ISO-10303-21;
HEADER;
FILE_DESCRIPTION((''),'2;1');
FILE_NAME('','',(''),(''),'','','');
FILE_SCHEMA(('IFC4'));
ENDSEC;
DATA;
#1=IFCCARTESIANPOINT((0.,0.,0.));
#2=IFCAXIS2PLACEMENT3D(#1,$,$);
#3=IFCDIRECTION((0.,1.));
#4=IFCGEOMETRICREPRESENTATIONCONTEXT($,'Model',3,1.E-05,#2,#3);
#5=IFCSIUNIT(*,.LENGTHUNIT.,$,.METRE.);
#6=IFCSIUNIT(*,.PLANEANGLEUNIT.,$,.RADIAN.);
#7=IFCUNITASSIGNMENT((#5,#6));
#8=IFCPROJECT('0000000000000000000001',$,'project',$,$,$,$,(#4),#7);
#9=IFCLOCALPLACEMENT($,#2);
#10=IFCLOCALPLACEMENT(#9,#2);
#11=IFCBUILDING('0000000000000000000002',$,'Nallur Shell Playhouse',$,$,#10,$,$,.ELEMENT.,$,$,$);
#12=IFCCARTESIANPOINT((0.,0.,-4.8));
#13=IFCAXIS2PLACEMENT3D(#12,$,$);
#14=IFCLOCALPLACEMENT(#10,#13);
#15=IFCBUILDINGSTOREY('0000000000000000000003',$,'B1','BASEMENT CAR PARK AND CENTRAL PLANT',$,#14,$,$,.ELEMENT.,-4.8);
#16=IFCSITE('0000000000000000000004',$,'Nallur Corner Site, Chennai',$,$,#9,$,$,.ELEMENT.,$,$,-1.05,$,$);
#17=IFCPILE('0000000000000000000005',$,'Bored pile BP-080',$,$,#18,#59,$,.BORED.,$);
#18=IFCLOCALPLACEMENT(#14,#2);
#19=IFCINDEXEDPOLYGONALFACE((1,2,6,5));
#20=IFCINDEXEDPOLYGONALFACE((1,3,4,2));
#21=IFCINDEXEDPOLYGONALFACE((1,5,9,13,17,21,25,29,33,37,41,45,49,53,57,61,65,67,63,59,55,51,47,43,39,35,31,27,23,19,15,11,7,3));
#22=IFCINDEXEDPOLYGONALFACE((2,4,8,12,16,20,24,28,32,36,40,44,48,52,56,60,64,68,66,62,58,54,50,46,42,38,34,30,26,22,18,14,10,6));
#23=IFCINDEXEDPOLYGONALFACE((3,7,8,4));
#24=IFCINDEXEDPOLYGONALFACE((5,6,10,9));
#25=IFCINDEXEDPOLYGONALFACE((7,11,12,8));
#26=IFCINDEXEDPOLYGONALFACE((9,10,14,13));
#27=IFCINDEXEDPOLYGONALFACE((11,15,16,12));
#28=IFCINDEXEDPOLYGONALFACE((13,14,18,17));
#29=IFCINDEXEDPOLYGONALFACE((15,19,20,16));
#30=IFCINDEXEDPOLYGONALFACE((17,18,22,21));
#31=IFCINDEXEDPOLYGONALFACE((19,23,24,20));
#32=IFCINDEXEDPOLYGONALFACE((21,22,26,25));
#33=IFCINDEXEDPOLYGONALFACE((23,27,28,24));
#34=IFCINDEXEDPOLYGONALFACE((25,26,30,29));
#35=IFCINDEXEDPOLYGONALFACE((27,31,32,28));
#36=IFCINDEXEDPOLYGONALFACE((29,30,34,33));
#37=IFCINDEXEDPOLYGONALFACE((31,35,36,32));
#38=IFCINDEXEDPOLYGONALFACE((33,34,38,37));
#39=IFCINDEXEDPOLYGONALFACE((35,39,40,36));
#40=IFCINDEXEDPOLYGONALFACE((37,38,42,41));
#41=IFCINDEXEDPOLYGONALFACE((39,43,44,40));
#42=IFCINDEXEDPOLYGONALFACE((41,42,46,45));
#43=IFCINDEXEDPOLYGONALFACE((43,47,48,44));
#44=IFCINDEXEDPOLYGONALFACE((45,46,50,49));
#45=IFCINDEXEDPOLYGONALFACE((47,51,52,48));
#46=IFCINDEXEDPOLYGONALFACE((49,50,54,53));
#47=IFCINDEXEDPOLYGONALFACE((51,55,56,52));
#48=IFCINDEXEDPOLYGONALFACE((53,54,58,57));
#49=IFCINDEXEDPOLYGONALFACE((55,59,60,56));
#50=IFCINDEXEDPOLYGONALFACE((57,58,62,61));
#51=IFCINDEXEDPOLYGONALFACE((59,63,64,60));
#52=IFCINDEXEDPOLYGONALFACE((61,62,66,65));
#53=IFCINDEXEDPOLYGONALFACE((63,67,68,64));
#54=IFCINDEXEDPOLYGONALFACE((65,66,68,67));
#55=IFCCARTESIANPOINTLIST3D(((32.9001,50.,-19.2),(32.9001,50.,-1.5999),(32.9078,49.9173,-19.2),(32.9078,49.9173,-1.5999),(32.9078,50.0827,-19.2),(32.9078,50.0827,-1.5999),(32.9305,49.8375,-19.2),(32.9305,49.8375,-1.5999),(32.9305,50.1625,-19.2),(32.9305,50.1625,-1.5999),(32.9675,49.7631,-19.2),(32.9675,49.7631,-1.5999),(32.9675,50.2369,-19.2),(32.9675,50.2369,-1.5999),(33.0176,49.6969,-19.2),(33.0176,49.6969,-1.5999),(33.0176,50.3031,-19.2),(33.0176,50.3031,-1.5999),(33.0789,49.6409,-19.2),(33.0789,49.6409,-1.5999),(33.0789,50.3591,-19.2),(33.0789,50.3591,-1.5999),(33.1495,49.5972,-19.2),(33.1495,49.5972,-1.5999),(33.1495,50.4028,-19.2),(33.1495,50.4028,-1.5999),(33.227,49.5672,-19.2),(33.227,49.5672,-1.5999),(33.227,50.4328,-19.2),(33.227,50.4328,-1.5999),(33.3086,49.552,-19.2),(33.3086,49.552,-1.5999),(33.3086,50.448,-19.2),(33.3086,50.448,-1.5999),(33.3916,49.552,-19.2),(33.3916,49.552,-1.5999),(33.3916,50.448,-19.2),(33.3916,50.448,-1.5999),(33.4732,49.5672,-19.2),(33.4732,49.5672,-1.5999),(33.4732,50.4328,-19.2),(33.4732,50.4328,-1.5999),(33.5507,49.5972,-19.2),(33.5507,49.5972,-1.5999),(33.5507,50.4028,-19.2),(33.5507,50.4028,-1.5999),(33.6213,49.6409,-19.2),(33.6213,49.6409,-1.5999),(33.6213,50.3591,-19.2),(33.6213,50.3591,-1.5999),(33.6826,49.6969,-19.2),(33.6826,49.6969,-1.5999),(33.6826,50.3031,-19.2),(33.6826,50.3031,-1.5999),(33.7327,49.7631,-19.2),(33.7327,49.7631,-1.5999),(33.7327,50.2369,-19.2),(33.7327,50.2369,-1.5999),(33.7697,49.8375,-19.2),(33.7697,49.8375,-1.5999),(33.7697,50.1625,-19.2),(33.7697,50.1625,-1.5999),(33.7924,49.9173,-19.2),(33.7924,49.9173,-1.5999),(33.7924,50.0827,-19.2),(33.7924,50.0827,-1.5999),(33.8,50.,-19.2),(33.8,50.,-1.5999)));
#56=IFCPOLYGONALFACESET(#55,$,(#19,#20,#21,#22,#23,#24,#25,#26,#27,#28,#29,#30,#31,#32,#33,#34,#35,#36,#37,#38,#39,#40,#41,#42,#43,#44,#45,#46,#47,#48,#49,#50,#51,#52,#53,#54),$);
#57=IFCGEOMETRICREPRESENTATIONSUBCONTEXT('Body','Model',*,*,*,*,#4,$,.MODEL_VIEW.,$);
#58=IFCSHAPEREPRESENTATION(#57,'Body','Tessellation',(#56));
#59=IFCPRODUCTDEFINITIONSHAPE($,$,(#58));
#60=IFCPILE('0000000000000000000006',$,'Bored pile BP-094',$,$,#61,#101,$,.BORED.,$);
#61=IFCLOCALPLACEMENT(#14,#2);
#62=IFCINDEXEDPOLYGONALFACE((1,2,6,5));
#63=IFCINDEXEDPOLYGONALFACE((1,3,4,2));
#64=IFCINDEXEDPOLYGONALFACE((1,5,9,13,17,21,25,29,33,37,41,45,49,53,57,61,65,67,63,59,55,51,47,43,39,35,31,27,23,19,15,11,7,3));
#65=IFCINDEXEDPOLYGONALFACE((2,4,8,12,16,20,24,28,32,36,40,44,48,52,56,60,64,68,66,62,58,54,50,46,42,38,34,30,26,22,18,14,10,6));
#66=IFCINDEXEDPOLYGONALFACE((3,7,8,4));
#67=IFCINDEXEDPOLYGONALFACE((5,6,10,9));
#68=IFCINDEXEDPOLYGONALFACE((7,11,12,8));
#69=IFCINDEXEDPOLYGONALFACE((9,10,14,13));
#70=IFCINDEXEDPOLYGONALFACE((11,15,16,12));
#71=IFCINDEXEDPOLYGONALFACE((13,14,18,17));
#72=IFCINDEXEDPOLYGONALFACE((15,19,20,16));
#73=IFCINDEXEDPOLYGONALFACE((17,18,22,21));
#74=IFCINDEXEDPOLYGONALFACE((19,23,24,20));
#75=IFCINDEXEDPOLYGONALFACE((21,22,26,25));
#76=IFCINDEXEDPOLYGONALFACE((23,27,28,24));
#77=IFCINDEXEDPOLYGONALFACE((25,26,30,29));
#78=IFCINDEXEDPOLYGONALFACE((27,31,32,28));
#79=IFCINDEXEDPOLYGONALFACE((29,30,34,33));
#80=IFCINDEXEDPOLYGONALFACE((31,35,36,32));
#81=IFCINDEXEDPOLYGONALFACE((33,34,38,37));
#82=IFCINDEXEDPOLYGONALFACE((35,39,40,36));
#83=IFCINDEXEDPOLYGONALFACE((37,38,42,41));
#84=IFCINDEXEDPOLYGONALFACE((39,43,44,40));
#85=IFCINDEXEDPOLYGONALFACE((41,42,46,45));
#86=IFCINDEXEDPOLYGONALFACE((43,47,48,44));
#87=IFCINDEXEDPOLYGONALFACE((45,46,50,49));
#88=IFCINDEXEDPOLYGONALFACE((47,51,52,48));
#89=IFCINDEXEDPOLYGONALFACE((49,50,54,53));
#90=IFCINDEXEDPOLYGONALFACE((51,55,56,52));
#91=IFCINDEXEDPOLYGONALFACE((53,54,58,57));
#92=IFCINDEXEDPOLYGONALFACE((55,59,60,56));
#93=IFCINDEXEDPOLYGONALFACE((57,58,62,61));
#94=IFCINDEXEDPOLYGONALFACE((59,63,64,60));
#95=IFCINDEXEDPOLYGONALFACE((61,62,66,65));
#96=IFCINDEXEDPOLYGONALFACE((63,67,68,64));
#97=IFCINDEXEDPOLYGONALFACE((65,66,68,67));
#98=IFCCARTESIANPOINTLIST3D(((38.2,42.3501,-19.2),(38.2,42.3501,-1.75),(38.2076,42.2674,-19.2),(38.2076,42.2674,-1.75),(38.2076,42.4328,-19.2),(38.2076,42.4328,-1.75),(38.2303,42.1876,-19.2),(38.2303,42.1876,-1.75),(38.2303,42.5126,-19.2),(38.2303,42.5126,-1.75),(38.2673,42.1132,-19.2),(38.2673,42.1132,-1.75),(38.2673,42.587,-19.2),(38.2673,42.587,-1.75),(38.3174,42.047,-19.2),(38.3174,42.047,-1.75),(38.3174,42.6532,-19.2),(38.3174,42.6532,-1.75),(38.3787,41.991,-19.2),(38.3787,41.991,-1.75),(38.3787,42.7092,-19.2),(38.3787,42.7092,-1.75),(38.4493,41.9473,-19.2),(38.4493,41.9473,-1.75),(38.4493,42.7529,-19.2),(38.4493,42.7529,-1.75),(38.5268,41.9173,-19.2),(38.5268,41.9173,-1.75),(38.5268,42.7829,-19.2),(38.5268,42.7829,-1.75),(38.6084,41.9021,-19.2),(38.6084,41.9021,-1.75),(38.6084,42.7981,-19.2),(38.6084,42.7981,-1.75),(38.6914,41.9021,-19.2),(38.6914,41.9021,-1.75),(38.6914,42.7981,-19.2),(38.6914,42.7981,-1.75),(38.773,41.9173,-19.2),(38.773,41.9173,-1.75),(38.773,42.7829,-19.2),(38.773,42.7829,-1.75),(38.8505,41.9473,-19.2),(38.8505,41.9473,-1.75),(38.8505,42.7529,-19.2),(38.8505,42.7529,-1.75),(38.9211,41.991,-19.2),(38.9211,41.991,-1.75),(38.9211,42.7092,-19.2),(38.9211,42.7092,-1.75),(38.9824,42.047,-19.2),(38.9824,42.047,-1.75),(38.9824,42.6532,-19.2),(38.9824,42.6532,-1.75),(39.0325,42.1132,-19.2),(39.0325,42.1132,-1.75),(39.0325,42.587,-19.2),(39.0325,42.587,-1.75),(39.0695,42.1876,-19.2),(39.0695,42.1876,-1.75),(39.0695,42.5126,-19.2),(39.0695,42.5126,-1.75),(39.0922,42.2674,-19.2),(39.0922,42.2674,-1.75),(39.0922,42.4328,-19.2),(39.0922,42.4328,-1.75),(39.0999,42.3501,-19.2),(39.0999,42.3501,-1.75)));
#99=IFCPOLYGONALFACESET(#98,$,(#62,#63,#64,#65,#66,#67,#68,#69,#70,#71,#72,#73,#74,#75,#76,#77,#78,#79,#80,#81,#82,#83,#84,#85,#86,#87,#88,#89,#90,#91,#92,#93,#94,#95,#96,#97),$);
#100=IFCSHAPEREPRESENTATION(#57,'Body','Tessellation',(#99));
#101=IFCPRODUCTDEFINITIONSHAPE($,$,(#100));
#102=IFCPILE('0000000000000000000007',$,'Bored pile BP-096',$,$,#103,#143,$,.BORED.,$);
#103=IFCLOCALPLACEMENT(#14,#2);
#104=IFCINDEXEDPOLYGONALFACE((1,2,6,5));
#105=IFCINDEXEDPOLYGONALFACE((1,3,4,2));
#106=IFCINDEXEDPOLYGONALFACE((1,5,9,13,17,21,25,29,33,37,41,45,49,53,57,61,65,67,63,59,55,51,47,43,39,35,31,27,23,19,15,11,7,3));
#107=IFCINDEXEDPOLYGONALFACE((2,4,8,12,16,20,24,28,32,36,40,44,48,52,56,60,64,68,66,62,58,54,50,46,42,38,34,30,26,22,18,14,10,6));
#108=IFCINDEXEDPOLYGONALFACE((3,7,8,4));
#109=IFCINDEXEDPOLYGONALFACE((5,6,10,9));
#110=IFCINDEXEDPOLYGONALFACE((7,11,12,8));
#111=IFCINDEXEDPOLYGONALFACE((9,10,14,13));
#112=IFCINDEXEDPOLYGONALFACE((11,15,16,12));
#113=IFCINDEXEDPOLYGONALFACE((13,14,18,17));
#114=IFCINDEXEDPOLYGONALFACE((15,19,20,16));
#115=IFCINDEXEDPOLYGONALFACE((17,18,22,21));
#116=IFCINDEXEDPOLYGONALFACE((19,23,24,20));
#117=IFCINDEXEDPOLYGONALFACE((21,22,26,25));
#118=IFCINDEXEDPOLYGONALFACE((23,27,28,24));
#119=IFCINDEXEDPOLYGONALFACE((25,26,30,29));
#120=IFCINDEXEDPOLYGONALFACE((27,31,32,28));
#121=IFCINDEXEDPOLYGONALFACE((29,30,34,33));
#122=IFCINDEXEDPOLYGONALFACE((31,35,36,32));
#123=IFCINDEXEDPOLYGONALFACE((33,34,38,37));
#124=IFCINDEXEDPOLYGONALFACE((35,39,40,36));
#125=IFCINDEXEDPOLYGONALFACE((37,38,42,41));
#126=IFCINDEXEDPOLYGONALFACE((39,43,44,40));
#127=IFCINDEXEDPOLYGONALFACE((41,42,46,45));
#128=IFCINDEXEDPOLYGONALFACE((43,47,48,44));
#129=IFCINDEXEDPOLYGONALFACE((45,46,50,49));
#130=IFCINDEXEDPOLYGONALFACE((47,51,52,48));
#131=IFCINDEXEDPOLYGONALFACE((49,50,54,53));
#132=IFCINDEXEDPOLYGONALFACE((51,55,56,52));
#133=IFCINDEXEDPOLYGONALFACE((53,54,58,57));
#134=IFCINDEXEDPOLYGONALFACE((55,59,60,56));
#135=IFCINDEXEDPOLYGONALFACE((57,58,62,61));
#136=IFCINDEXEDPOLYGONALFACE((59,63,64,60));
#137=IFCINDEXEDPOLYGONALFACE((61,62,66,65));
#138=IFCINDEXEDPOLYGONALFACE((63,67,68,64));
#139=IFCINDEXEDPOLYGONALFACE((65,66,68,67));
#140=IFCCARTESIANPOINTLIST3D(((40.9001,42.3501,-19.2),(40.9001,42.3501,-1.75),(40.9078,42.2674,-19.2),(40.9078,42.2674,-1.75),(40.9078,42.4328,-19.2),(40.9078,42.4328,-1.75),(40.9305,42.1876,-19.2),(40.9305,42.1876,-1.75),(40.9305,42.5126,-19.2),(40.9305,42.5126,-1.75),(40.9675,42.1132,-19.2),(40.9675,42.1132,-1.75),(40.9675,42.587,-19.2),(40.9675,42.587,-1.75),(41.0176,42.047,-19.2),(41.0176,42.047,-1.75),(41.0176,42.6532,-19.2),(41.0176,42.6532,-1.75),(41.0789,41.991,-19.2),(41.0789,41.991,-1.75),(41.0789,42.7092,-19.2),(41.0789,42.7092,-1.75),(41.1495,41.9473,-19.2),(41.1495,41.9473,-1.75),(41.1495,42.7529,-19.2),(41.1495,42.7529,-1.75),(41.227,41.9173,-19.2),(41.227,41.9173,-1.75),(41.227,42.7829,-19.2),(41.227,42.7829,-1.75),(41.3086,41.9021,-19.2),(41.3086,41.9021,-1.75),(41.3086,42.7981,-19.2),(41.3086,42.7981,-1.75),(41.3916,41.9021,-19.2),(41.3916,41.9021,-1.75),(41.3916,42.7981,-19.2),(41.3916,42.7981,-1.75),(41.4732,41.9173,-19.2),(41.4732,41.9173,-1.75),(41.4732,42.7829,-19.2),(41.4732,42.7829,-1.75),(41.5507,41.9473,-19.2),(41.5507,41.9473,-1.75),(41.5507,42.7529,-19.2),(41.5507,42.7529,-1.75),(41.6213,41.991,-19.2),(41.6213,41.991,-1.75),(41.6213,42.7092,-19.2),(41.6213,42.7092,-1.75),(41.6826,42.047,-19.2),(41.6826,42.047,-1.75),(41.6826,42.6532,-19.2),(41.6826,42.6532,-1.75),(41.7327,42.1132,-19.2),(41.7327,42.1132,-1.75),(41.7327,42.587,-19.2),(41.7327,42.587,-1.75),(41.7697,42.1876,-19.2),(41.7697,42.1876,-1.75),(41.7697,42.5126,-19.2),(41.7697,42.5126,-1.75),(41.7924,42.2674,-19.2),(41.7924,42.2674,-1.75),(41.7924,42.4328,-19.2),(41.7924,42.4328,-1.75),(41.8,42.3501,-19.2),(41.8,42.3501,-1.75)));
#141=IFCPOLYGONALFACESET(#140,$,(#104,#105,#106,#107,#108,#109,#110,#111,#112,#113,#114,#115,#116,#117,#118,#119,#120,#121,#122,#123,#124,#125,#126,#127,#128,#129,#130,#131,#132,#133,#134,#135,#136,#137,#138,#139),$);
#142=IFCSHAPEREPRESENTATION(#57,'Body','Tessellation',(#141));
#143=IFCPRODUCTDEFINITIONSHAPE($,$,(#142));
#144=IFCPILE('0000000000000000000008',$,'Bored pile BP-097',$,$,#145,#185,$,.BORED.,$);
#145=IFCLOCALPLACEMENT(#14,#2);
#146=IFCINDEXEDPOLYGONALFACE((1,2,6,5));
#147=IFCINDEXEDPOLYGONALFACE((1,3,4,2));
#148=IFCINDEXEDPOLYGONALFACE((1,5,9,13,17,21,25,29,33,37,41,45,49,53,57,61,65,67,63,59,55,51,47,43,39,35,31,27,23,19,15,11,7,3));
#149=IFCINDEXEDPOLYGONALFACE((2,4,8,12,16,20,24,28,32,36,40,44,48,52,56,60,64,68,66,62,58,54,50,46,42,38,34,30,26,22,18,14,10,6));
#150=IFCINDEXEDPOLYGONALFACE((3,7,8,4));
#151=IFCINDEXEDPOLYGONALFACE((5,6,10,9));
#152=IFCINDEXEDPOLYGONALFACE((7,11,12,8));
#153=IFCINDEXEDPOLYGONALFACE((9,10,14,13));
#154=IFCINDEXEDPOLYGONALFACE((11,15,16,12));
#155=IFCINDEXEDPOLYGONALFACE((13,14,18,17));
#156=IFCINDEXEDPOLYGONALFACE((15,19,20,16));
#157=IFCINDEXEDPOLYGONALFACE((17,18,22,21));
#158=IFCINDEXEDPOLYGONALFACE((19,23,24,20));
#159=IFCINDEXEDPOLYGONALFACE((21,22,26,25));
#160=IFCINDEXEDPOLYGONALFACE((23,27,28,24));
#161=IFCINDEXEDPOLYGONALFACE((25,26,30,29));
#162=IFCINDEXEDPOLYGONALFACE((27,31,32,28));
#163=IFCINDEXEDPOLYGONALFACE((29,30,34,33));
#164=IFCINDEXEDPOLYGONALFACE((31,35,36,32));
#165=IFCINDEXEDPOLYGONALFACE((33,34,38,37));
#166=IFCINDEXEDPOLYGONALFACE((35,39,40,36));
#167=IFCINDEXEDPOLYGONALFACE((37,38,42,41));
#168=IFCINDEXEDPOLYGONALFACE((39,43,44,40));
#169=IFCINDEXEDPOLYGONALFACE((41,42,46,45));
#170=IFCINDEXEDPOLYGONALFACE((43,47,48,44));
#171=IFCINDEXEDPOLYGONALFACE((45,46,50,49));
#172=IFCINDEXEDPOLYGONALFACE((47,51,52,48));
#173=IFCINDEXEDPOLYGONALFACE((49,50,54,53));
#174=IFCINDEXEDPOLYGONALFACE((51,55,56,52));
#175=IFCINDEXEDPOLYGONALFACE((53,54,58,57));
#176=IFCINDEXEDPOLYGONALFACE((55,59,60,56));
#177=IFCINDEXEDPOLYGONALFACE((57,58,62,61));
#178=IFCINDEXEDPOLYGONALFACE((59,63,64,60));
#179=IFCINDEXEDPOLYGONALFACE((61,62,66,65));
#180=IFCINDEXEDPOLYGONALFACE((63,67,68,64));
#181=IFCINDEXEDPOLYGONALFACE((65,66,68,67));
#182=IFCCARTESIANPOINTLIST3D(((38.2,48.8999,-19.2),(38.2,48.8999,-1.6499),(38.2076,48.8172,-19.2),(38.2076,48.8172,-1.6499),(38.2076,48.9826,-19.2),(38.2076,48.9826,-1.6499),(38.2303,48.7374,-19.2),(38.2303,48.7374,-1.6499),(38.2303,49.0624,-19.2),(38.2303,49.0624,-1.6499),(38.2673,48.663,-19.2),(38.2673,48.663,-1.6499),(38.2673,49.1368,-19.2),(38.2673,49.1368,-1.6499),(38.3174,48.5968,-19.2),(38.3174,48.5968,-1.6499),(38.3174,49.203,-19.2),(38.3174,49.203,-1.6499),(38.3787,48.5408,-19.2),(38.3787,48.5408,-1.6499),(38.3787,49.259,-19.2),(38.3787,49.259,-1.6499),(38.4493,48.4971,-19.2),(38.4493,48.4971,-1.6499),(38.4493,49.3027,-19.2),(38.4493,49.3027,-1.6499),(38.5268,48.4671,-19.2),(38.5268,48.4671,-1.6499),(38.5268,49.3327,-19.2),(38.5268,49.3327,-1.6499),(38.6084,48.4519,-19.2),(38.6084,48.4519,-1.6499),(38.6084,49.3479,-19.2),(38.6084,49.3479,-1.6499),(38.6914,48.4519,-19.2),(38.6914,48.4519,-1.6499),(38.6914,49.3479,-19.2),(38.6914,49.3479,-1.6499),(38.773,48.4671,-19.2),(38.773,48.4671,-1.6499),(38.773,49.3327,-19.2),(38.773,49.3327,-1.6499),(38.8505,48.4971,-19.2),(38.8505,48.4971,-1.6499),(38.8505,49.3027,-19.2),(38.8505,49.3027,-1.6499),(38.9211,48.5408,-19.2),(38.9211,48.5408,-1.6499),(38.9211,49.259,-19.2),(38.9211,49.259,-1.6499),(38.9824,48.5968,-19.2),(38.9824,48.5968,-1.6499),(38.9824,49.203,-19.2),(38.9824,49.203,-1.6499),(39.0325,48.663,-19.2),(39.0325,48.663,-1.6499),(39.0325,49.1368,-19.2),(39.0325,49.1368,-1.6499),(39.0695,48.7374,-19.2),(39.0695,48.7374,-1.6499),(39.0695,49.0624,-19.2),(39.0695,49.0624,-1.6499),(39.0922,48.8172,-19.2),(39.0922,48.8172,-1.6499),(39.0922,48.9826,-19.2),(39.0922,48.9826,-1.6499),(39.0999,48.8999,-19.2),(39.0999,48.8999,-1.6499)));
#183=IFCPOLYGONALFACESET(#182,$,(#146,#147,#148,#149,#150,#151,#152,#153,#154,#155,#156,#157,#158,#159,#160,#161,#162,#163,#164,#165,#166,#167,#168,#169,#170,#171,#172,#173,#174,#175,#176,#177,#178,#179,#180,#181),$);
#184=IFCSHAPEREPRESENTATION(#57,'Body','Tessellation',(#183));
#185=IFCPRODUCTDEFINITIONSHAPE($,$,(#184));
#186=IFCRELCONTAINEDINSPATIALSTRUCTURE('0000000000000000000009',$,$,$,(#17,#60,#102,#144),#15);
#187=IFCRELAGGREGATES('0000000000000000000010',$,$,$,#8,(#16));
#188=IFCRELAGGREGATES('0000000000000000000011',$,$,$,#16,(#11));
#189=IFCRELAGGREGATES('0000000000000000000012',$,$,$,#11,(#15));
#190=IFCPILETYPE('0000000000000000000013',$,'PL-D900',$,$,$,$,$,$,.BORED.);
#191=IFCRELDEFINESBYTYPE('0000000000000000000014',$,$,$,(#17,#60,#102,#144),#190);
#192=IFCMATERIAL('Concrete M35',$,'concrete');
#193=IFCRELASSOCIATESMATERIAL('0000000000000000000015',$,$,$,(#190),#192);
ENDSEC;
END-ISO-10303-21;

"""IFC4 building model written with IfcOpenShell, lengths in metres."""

from ifc_helpers import new_model, si_unit, direction, frame, origin, origin_2d, place, context, subcontext, project, spatial, circle, extrude, material, material_profile, profile_set, type_object, element, save


model = new_model("IFC4")

# Units and contexts
model_context = context("Model", 3, precision=1e-05, world=origin(), true_north=direction((0.0, 1.0)))
body_context = subcontext(model_context, "Body", "Model", "MODEL_VIEW")
ifc_project = project(units=[si_unit("LENGTHUNIT", "METRE"), si_unit("PLANEANGLEUNIT", "RADIAN")], contexts=[model_context])

# Site, building, storey
site_placement = place(None, origin())
site = spatial("IfcSite", under=ifc_project, at=site_placement, Name="Nallur Corner Site, Chennai", CompositionType="ELEMENT", RefElevation=-1.05)
building_placement = place(site_placement, origin())
building = spatial("IfcBuilding", under=site, at=building_placement, Name="Nallur Shell Playhouse", CompositionType="ELEMENT")
storey_placement = place(building_placement, frame((0.0, 0.0, -4.8)))
storey = spatial("IfcBuildingStorey", under=building, at=storey_placement, Name="B1", Description="BASEMENT CAR PARK AND CENTRAL PLANT", CompositionType="ELEMENT", Elevation=-4.8)

# Shared definitions
ifc_material_1 = material(Name="Concrete M35", Category="concrete")

# Piles
ifc_material_profile_1 = material_profile(ifc_material_1, circle(Radius=0.45, at=origin_2d()), Name="BORED PILE D900")
ifc_profile_set_1 = profile_set([ifc_material_profile_1], Name="Concrete M35")
pile_type = type_object("IfcPileType", Name="PL-D900", PredefinedType="BORED", material=ifc_profile_set_1)
for number, where, z_axis, x_axis, name in (
    (1, (33.3501, 50.0, -1.5999), (0.0, 0.0, -1.0), (1.0, 0.0, 0.0), "Bored pile BP-080"),
):
    element("IfcPile", number, at=place(storey_placement, frame(where, z_axis=z_axis, x_axis=x_axis)), inside=storey, type_object=pile_type, Name=name, PredefinedType="BORED", context=body_context, shape_type="SweptSolid", body=[
        extrude(circle(Radius=0.45, at=origin_2d()), origin(), (0.0, 0.0, 1.0), 17.6001),
    ])
for number, where, z_axis, x_axis, name in (
    (2, (38.6499, 42.3501, -1.75), (0.0, 0.0, -1.0), (1.0, 0.0, 0.0), "Bored pile BP-094"),
    (3, (41.3501, 42.3501, -1.75), (0.0, 0.0, -1.0), (1.0, 0.0, 0.0), "Bored pile BP-096"),
):
    element("IfcPile", number, at=place(storey_placement, frame(where, z_axis=z_axis, x_axis=x_axis)), inside=storey, type_object=pile_type, Name=name, PredefinedType="BORED", context=body_context, shape_type="SweptSolid", body=[
        extrude(circle(Radius=0.45, at=origin_2d()), origin(), (0.0, 0.0, 1.0), 17.45),
    ])
for number, where, z_axis, x_axis, name in (
    (4, (38.6499, 48.8999, -1.6499), (0.0, 0.0, -1.0), (1.0, 0.0, 0.0), "Bored pile BP-097"),
):
    element("IfcPile", number, at=place(storey_placement, frame(where, z_axis=z_axis, x_axis=x_axis)), inside=storey, type_object=pile_type, Name=name, PredefinedType="BORED", context=body_context, shape_type="SweptSolid", body=[
        extrude(circle(Radius=0.45, at=origin_2d()), origin(), (0.0, 0.0, 1.0), 17.55),
    ])

save(model, "model.ifc")
